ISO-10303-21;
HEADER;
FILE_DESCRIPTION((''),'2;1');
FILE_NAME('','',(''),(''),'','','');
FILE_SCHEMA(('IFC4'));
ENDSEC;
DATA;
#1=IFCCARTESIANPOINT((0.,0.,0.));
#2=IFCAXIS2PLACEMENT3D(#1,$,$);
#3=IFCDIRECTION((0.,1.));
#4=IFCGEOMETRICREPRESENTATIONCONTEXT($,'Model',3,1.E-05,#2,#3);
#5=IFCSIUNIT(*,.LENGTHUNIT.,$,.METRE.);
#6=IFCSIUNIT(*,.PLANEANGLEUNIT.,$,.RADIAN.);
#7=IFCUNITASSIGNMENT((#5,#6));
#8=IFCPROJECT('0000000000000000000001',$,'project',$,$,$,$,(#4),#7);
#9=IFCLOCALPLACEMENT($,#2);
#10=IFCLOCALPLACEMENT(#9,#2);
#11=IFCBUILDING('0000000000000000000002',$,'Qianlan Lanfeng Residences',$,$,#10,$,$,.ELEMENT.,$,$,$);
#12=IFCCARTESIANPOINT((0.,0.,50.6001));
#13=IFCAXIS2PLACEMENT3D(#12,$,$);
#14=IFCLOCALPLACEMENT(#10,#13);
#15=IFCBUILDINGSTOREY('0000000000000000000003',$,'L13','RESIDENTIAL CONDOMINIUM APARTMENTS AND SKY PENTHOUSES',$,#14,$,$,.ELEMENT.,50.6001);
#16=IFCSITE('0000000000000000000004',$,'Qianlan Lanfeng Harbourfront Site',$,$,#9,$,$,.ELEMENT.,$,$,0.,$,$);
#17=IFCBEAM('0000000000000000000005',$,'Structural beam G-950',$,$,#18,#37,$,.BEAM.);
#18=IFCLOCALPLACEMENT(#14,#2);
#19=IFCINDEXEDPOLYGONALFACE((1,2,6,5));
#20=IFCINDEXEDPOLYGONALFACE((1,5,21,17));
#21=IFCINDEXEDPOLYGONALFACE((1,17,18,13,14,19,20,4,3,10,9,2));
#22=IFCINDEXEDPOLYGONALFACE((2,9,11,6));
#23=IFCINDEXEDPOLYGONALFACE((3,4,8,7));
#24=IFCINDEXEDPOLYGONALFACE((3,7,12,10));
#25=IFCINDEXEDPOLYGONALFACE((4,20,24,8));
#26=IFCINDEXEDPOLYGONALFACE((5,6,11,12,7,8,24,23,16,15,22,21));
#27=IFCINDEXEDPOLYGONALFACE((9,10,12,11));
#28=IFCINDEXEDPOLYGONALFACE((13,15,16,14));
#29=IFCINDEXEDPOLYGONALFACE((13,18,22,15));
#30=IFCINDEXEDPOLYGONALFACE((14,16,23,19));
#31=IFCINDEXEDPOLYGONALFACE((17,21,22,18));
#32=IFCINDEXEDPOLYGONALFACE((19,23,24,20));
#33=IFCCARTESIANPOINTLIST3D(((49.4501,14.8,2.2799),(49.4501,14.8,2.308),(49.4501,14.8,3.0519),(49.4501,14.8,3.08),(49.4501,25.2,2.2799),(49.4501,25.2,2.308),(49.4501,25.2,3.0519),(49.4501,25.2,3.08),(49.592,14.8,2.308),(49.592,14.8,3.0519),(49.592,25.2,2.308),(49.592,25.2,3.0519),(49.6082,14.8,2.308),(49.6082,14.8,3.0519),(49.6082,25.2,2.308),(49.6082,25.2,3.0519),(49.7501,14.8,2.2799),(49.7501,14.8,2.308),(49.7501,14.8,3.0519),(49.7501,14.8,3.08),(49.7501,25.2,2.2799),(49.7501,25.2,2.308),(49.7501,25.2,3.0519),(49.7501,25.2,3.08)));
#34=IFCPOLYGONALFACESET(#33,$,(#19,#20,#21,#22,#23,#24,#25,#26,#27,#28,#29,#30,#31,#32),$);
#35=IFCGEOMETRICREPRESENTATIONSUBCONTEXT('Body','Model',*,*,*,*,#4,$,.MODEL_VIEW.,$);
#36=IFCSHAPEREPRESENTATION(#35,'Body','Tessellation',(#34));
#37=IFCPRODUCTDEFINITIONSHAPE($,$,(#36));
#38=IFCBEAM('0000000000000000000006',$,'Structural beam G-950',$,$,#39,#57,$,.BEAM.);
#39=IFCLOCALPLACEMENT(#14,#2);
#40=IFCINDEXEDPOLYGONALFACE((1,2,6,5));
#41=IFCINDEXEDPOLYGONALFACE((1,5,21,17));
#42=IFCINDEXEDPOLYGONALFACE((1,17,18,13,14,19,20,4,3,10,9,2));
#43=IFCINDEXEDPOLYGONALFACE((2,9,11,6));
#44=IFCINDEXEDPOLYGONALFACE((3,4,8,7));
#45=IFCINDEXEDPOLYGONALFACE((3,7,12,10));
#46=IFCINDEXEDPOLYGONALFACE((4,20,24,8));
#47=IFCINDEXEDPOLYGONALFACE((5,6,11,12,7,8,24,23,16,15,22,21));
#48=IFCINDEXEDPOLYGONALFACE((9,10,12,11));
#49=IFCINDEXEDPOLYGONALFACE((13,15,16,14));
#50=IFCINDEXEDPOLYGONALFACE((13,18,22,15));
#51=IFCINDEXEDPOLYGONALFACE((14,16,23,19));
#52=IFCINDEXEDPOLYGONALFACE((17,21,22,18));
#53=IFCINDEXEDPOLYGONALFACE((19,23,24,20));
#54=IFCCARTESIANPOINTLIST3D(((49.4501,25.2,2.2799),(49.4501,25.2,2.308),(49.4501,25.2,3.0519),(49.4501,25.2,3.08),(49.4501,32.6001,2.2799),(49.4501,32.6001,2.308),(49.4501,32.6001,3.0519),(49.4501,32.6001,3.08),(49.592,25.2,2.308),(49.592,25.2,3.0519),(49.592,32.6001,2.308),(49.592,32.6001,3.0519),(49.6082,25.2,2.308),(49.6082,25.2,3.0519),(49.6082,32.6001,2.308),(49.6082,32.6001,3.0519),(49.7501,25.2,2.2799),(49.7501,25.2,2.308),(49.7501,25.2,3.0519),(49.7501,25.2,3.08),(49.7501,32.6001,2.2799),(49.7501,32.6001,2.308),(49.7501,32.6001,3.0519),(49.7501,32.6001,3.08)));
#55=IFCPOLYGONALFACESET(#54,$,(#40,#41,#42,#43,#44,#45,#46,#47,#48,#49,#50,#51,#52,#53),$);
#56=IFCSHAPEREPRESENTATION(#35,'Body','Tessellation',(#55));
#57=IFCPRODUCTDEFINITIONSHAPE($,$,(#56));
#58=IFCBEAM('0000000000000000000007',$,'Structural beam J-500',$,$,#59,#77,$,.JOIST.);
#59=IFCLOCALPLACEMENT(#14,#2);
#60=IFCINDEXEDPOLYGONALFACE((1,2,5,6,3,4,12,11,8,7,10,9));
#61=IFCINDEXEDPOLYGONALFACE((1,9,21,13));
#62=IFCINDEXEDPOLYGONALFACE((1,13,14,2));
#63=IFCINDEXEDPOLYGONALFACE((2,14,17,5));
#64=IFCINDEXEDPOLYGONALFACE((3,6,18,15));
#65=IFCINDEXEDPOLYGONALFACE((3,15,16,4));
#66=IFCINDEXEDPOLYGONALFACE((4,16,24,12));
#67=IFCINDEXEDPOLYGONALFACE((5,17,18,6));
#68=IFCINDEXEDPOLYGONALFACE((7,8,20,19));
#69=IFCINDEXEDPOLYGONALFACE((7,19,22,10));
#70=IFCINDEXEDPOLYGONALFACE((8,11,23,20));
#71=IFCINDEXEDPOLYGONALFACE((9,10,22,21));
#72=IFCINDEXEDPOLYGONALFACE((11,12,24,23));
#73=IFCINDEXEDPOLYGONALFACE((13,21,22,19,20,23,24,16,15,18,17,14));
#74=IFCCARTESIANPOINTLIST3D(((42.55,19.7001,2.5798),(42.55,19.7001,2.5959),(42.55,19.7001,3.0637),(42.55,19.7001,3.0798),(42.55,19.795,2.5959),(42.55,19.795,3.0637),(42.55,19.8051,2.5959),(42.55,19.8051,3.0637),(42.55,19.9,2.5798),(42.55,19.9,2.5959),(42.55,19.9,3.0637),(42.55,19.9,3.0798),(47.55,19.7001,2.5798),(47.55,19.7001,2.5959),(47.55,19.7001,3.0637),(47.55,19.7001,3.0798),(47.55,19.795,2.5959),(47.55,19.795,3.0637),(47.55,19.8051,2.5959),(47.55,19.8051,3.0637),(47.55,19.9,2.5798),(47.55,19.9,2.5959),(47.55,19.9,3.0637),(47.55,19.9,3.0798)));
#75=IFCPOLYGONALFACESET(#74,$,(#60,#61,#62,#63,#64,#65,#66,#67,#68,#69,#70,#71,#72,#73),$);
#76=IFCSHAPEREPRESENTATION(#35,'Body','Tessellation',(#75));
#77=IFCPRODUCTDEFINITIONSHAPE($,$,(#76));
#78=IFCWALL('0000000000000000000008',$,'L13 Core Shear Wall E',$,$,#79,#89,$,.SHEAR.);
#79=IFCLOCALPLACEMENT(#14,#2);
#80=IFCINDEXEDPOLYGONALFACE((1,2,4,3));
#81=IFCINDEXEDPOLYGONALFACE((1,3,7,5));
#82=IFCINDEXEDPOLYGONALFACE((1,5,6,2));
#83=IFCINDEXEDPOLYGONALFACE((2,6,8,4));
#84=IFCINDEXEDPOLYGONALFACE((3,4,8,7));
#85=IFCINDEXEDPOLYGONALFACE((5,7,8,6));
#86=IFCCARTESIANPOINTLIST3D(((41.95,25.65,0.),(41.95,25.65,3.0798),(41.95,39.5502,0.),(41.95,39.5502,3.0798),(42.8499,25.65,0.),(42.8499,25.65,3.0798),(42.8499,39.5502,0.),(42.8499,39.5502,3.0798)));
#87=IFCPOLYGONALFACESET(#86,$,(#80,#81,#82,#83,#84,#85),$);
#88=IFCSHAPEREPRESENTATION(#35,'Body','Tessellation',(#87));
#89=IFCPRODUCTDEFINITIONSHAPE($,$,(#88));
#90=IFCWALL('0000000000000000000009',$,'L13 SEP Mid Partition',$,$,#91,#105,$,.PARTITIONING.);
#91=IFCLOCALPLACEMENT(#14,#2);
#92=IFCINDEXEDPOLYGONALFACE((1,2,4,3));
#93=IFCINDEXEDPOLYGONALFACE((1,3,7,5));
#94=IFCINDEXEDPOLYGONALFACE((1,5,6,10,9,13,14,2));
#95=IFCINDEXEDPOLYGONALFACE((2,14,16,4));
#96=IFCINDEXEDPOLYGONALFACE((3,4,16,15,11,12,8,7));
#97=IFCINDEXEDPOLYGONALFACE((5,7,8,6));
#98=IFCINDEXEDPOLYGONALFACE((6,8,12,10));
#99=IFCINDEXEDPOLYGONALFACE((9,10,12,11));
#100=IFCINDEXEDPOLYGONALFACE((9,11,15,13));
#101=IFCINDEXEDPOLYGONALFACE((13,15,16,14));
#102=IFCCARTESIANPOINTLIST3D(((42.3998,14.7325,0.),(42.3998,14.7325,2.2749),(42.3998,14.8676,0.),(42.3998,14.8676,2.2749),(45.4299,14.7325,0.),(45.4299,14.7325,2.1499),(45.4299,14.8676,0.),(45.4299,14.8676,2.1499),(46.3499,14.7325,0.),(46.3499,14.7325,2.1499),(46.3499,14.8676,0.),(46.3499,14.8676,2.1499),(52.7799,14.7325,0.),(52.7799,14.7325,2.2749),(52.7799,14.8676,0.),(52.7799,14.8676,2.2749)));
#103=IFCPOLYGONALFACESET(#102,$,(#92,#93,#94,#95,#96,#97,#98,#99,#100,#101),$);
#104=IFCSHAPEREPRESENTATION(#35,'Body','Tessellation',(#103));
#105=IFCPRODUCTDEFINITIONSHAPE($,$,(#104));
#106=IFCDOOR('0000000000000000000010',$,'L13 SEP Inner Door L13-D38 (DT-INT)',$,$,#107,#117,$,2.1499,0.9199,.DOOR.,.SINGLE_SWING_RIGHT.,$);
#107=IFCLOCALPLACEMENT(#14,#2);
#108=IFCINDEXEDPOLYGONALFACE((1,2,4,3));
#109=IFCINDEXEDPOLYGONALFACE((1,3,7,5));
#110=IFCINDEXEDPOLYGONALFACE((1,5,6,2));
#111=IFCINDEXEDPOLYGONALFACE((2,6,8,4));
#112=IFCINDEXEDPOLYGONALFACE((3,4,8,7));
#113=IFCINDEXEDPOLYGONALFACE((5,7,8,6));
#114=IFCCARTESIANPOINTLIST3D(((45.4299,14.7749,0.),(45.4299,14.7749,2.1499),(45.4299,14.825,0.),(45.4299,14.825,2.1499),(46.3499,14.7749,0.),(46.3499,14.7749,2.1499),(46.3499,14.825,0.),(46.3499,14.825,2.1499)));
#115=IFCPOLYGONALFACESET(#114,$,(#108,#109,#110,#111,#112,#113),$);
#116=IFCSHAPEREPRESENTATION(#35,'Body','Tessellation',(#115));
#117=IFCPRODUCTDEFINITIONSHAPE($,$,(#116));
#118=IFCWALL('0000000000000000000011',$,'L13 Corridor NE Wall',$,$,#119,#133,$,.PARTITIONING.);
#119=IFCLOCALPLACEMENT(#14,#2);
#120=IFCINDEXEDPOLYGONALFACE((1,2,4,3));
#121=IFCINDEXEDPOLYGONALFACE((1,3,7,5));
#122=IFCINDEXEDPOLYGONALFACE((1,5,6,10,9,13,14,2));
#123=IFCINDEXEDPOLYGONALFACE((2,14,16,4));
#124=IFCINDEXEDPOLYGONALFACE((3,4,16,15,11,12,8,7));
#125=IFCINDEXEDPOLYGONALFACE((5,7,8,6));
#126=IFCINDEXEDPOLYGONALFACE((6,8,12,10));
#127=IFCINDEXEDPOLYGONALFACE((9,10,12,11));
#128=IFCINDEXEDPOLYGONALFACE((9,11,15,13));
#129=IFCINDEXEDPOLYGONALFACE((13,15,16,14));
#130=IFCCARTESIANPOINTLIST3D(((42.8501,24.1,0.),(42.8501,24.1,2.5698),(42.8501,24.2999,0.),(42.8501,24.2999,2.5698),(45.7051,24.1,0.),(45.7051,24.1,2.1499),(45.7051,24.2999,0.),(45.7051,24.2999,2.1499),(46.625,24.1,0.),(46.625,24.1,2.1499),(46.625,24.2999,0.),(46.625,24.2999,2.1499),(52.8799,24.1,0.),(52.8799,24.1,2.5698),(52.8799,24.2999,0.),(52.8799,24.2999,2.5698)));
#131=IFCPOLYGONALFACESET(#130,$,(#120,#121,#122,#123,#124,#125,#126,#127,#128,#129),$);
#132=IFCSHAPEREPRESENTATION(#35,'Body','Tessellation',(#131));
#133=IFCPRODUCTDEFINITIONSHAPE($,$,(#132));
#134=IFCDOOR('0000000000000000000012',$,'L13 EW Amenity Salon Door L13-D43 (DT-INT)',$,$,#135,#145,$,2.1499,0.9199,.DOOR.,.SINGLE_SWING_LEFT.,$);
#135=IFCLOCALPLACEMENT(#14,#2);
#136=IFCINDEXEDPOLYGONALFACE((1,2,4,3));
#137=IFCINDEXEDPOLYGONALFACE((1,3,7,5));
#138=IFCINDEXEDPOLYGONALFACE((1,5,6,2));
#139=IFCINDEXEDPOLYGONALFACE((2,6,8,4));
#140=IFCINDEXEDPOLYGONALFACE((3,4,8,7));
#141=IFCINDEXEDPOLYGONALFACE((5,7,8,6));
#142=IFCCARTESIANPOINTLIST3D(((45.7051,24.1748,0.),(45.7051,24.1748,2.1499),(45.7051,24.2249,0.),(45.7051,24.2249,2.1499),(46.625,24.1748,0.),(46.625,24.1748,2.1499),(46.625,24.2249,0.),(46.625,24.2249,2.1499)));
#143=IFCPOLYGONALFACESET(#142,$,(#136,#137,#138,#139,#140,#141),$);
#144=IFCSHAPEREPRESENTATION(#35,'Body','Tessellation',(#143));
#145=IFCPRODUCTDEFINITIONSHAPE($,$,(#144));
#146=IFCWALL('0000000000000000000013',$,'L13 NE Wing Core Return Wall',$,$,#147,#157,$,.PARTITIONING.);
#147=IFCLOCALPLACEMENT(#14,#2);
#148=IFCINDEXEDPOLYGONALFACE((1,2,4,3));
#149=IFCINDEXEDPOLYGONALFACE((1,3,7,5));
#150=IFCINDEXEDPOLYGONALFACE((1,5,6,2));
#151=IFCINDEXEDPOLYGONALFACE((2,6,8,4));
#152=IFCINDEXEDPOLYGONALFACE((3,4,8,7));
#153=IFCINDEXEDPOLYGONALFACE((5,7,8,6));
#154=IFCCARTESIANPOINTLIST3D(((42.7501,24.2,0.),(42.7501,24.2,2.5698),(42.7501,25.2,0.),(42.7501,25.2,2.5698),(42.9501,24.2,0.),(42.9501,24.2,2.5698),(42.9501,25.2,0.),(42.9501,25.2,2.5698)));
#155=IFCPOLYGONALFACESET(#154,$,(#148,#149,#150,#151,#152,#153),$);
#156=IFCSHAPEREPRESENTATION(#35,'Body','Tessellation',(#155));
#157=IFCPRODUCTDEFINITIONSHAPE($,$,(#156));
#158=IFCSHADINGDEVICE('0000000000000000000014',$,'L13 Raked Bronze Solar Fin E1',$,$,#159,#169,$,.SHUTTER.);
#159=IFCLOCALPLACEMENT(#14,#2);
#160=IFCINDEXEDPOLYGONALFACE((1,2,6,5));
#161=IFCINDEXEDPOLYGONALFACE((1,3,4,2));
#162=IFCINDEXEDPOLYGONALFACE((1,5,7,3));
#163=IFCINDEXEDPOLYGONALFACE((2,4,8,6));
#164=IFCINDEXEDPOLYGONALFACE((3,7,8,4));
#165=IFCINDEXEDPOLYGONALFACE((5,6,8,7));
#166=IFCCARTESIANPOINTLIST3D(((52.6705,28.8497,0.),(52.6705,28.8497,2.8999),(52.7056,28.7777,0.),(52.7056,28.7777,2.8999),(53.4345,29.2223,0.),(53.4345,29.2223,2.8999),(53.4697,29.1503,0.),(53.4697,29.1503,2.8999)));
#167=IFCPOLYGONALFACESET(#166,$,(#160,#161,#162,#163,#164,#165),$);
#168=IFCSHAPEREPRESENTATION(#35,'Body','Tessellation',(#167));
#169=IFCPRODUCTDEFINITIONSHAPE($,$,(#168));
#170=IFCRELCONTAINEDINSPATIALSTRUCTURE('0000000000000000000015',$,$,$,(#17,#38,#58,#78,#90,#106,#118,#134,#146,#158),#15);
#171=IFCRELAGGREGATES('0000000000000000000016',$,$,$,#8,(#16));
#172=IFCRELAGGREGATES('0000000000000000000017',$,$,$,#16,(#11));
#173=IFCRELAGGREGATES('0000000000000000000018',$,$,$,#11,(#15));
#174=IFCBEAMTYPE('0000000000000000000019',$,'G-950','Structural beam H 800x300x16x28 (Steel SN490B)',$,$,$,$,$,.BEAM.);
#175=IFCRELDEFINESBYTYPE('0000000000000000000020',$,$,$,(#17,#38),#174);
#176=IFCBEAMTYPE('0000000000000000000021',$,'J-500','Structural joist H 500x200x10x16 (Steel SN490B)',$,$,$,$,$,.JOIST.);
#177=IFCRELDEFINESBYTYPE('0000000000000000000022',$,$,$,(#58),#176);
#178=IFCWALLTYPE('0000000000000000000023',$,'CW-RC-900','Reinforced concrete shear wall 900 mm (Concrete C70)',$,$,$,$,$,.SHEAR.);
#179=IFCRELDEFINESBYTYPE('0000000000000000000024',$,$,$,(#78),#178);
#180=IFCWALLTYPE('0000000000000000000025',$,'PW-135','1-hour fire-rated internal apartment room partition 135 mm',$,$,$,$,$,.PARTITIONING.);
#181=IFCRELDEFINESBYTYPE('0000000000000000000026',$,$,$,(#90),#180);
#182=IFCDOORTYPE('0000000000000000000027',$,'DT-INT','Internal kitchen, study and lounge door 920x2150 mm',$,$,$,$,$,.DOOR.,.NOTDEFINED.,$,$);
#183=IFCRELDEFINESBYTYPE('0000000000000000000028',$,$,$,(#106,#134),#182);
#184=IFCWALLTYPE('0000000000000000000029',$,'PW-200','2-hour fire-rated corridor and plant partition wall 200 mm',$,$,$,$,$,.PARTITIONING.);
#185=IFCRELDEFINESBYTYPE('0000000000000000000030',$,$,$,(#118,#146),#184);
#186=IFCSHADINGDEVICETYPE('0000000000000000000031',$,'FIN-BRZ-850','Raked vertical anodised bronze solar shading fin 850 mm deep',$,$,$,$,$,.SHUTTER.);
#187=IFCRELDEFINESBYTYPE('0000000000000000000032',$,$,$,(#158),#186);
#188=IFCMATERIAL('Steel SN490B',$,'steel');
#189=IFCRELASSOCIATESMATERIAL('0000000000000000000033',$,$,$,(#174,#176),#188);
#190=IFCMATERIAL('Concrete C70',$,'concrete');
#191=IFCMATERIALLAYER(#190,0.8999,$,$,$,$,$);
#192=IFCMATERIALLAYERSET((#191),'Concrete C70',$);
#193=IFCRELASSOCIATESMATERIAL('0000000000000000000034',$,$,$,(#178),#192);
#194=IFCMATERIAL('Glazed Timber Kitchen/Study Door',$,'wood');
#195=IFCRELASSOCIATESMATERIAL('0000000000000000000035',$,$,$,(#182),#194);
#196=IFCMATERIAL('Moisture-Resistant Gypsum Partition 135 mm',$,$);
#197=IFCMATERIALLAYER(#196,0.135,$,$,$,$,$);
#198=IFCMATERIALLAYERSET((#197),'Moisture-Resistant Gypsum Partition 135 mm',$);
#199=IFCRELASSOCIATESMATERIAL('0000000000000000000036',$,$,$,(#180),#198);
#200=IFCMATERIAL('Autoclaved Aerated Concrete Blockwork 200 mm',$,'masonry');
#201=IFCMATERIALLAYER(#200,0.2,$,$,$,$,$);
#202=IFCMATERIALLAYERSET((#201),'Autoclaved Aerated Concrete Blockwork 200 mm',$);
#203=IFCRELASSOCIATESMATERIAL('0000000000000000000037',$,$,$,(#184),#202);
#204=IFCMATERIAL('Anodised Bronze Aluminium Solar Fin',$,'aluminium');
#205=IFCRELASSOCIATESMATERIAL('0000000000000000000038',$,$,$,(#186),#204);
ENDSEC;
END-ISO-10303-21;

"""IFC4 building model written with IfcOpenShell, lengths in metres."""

from ifc_helpers import new_model, si_unit, direction, frame, frame_2d, origin, origin_2d, place, context, subcontext, project, spatial, rectangle, i_section, extrude, source, transform, mapped, material, layer, layer_set, material_profile, profile_set, type_object, element, fill, save


model = new_model("IFC4")

# Units and contexts
model_context = context("Model", 3, precision=1e-05, world=origin(), true_north=direction((0.0, 1.0)))
body_context = subcontext(model_context, "Body", "Model", "MODEL_VIEW")
ifc_project = project(units=[si_unit("LENGTHUNIT", "METRE"), si_unit("PLANEANGLEUNIT", "RADIAN")], contexts=[model_context])

# Site, building, storey
site_placement = place(None, origin())
site = spatial("IfcSite", under=ifc_project, at=site_placement, Name="Qianlan Lanfeng Harbourfront Site", CompositionType="ELEMENT", RefElevation=0.0)
building_placement = place(site_placement, origin())
building = spatial("IfcBuilding", under=site, at=building_placement, Name="Qianlan Lanfeng Residences", CompositionType="ELEMENT")
storey_placement = place(building_placement, frame((0.0, 0.0, 50.6001)))
storey = spatial("IfcBuildingStorey", under=building, at=storey_placement, Name="L13", Description="RESIDENTIAL CONDOMINIUM APARTMENTS AND SKY PENTHOUSES", CompositionType="ELEMENT", Elevation=50.6001)

# Shared definitions
ifc_material_1 = material(Name="Steel SN490B", Category="steel")

# Beams
ifc_material_profile_1 = material_profile(ifc_material_1, i_section(OverallWidth=0.3, OverallDepth=0.8, WebThickness=0.0161, FlangeThickness=0.0281, at=origin_2d()), Name="H 800x300x16x28")
ifc_profile_set_1 = profile_set([ifc_material_profile_1], Name="Steel SN490B")
beam_type_1 = type_object("IfcBeamType", Name="G-950", Description="Structural beam H 800x300x16x28 (Steel SN490B)", PredefinedType="BEAM", material=ifc_profile_set_1)
beam_1_placement = place(storey_placement, frame((49.6001, 14.8, 2.6799), z_axis=(0.0, 1.0, 0.0), x_axis=(-1.0, 0.0, 0.0)))
element("IfcBeam", 1, at=beam_1_placement, inside=storey, type_object=beam_type_1, Name="Structural beam G-950", PredefinedType="BEAM", context=body_context, shape_type="SweptSolid", body=[
    extrude(i_section(OverallWidth=0.3, OverallDepth=0.8, WebThickness=0.0161, FlangeThickness=0.0281, at=origin_2d()), origin(), (0.0, 0.0, 1.0), 10.3999),
])
beam_2_placement = place(storey_placement, frame((49.6001, 25.2, 2.6799), z_axis=(0.0, 1.0, 0.0), x_axis=(-1.0, 0.0, 0.0)))
element("IfcBeam", 2, at=beam_2_placement, inside=storey, type_object=beam_type_1, Name="Structural beam G-950", PredefinedType="BEAM", context=body_context, shape_type="SweptSolid", body=[
    extrude(i_section(OverallWidth=0.3, OverallDepth=0.8, WebThickness=0.0161, FlangeThickness=0.0281, at=origin_2d()), origin(), (0.0, 0.0, 1.0), 7.4001),
])
ifc_material_profile_2 = material_profile(ifc_material_1, i_section(OverallWidth=0.2, OverallDepth=0.5, WebThickness=0.01, FlangeThickness=0.0161, at=origin_2d()), Name="H 500x200x10x16")
ifc_profile_set_2 = profile_set([ifc_material_profile_2], Name="Steel SN490B")
beam_type_2 = type_object("IfcBeamType", Name="J-500", Description="Structural joist H 500x200x10x16 (Steel SN490B)", PredefinedType="JOIST", material=ifc_profile_set_2)
beam_3_placement = place(storey_placement, frame((42.55, 19.8, 2.8298), z_axis=(1.0, 0.0, 0.0), x_axis=(0.0, 1.0, 0.0)))
element("IfcBeam", 3, at=beam_3_placement, inside=storey, type_object=beam_type_2, Name="Structural beam J-500", PredefinedType="JOIST", context=body_context, shape_type="SweptSolid", body=[
    extrude(i_section(OverallWidth=0.2, OverallDepth=0.5, WebThickness=0.01, FlangeThickness=0.0161, at=origin_2d()), origin(), (0.0, 0.0, 1.0), 5.0),
])

# Wall
ifc_material_2 = material(Name="Concrete C70", Category="concrete")
ifc_layer_1 = layer(ifc_material_2, 0.8999)
ifc_layer_set_1 = layer_set([ifc_layer_1], Name="Concrete C70")
wall_type_1 = type_object("IfcWallType", Name="CW-RC-900", Description="Reinforced concrete shear wall 900 mm (Concrete C70)", PredefinedType="SHEAR", material=ifc_layer_set_1)
wall_1_placement = place(storey_placement, frame((42.3999, 25.6499, 0.0), z_axis=(0.0, 0.0, 1.0), x_axis=(0.0, 1.0, 0.0)))
element("IfcWall", 4, at=wall_1_placement, inside=storey, type_object=wall_type_1, Name="L13 Core Shear Wall E", PredefinedType="SHEAR", context=body_context, shape_type="SweptSolid", body=[
    extrude(rectangle(XDim=13.9001, YDim=0.8999, at=frame_2d((6.9502, 0.0))), origin(), (0.0, 0.0, 1.0), 3.0798),
])

# Walls, openings, doors
ifc_material_3 = material(Name="Glazed Timber Kitchen/Study Door", Category="wood")
door_type = type_object("IfcDoorType", Name="DT-INT", Description="Internal kitchen, study and lounge door 920x2150 mm", OperationType="NOTDEFINED", PredefinedType="DOOR", material=ifc_material_3)
ifc_material_4 = material(Name="Moisture-Resistant Gypsum Partition 135 mm")
ifc_layer_2 = layer(ifc_material_4, 0.135)
ifc_layer_set_2 = layer_set([ifc_layer_2], Name="Moisture-Resistant Gypsum Partition 135 mm")
wall_type_2 = type_object("IfcWallType", Name="PW-135", Description="1-hour fire-rated internal apartment room partition 135 mm", PredefinedType="PARTITIONING", material=ifc_layer_set_2)
wall_2_placement = place(storey_placement, frame((42.3999, 14.8, 0.0), z_axis=(0.0, 0.0, 1.0), x_axis=(1.0, 0.0, 0.0)))
wall_2 = element("IfcWall", 5, at=wall_2_placement, inside=storey, type_object=wall_type_2, Name="L13 SEP Mid Partition", PredefinedType="PARTITIONING", context=body_context, shape_type="SweptSolid", body=[
    extrude(rectangle(XDim=10.3801, YDim=0.135, at=frame_2d((5.1899, 0.0))), origin(), (0.0, 0.0, 1.0), 2.2749),
])
opening_1_placement = place(wall_2_placement, frame((3.03, 0.0, 0.0)))
opening_1 = element("IfcOpeningElement", 6, at=opening_1_placement, cuts=wall_2, PredefinedType="OPENING", context=body_context, shape_type="SweptSolid", body=[
    extrude(rectangle(XDim=0.9199, YDim=2.1499, at=frame_2d((0.46, 1.075))), frame((0.0, 0.0776, 0.0), z_axis=(0.0, -1.0, 0.0), x_axis=(1.0, 0.0, 0.0)), (0.0, 0.0, 1.0), 0.155),
])
door_1_placement = place(opening_1_placement, origin())
door_1 = element("IfcDoor", 7, at=door_1_placement, inside=storey, type_object=door_type, Name="L13 SEP Inner Door L13-D38 (DT-INT)", OperationType="SINGLE_SWING_RIGHT", OverallHeight=2.1499, OverallWidth=0.9199, PredefinedType="DOOR", context=body_context, shape_type="SweptSolid", body=[
    extrude(rectangle(XDim=0.9199, YDim=2.1499, at=frame_2d((0.46, 1.075))), frame((0.0, 0.0249, 0.0), z_axis=(0.0, -1.0, 0.0), x_axis=(1.0, 0.0, 0.0)), (0.0, 0.0, 1.0), 0.05),
])
fill(opening_1, door_1)
ifc_material_5 = material(Name="Autoclaved Aerated Concrete Blockwork 200 mm", Category="masonry")
ifc_layer_3 = layer(ifc_material_5, 0.2)
ifc_layer_set_3 = layer_set([ifc_layer_3], Name="Autoclaved Aerated Concrete Blockwork 200 mm")
wall_type_3 = type_object("IfcWallType", Name="PW-200", Description="2-hour fire-rated corridor and plant partition wall 200 mm", PredefinedType="PARTITIONING", material=ifc_layer_set_3)
wall_3_placement = place(storey_placement, frame((42.8501, 24.2, 0.0), z_axis=(0.0, 0.0, 1.0), x_axis=(1.0, 0.0, 0.0)))
wall_3 = element("IfcWall", 8, at=wall_3_placement, inside=storey, type_object=wall_type_3, Name="L13 Corridor NE Wall", PredefinedType="PARTITIONING", context=body_context, shape_type="SweptSolid", body=[
    extrude(rectangle(XDim=10.0298, YDim=0.2, at=frame_2d((5.0149, 0.0))), origin(), (0.0, 0.0, 1.0), 2.5698),
])
opening_2_placement = place(wall_3_placement, frame((2.855, 0.0, 0.0)))
opening_2 = element("IfcOpeningElement", 9, at=opening_2_placement, cuts=wall_3, PredefinedType="OPENING", context=body_context, shape_type="SweptSolid", body=[
    extrude(rectangle(XDim=0.9199, YDim=2.1499, at=frame_2d((0.46, 1.075))), frame((0.0, 0.1099, 0.0), z_axis=(0.0, -1.0, 0.0), x_axis=(1.0, 0.0, 0.0)), (0.0, 0.0, 1.0), 0.22),
])
door_2_placement = place(opening_2_placement, origin())
door_2 = element("IfcDoor", 10, at=door_2_placement, inside=storey, type_object=door_type, Name="L13 EW Amenity Salon Door L13-D43 (DT-INT)", OperationType="SINGLE_SWING_LEFT", OverallHeight=2.1499, OverallWidth=0.9199, PredefinedType="DOOR", context=body_context, shape_type="SweptSolid", body=[
    extrude(rectangle(XDim=0.9199, YDim=2.1499, at=frame_2d((0.46, 1.075))), frame((0.0, 0.0249, 0.0), z_axis=(0.0, -1.0, 0.0), x_axis=(1.0, 0.0, 0.0)), (0.0, 0.0, 1.0), 0.05),
])
fill(opening_2, door_2)

# Wall
wall_4_placement = place(storey_placement, frame((42.8501, 24.2, 0.0), z_axis=(0.0, 0.0, 1.0), x_axis=(0.0, 1.0, 0.0)))
element("IfcWall", 11, at=wall_4_placement, inside=storey, type_object=wall_type_3, Name="L13 NE Wing Core Return Wall", PredefinedType="PARTITIONING", context=body_context, shape_type="SweptSolid", body=[
    extrude(rectangle(XDim=1.0, YDim=0.2, at=frame_2d((0.5, 0.0))), origin(), (0.0, 0.0, 1.0), 2.5698),
])

# Shading device
ifc_material_6 = material(Name="Anodised Bronze Aluminium Solar Fin", Category="aluminium")
shading_device_type = type_object("IfcShadingDeviceType", Name="FIN-BRZ-850", Description="Raked vertical anodised bronze solar shading fin 850 mm deep", PredefinedType="SHUTTER", material=ifc_material_6)
shared_shape_1 = source(origin(), body_context, "Body", "SweptSolid", [
    extrude(rectangle(XDim=0.8501, YDim=0.0801, at=origin_2d()), origin(), (0.0, 0.0, 1.0), 2.8999),
])
shading_device_placement = place(storey_placement, frame((53.0701, 29.0, 0.0), z_axis=(0.0, 0.0, 1.0), x_axis=(0.898794, 0.438371, 0.0)))
element("IfcShadingDevice", 12, at=shading_device_placement, inside=storey, type_object=shading_device_type, Name="L13 Raked Bronze Solar Fin E1", PredefinedType="SHUTTER", context=body_context, shape_type="MappedRepresentation", body=[
    mapped(shared_shape_1, transform((0.0, 0.0, 0.0), scale=1.0)),
])

save(model, "model.ifc")
